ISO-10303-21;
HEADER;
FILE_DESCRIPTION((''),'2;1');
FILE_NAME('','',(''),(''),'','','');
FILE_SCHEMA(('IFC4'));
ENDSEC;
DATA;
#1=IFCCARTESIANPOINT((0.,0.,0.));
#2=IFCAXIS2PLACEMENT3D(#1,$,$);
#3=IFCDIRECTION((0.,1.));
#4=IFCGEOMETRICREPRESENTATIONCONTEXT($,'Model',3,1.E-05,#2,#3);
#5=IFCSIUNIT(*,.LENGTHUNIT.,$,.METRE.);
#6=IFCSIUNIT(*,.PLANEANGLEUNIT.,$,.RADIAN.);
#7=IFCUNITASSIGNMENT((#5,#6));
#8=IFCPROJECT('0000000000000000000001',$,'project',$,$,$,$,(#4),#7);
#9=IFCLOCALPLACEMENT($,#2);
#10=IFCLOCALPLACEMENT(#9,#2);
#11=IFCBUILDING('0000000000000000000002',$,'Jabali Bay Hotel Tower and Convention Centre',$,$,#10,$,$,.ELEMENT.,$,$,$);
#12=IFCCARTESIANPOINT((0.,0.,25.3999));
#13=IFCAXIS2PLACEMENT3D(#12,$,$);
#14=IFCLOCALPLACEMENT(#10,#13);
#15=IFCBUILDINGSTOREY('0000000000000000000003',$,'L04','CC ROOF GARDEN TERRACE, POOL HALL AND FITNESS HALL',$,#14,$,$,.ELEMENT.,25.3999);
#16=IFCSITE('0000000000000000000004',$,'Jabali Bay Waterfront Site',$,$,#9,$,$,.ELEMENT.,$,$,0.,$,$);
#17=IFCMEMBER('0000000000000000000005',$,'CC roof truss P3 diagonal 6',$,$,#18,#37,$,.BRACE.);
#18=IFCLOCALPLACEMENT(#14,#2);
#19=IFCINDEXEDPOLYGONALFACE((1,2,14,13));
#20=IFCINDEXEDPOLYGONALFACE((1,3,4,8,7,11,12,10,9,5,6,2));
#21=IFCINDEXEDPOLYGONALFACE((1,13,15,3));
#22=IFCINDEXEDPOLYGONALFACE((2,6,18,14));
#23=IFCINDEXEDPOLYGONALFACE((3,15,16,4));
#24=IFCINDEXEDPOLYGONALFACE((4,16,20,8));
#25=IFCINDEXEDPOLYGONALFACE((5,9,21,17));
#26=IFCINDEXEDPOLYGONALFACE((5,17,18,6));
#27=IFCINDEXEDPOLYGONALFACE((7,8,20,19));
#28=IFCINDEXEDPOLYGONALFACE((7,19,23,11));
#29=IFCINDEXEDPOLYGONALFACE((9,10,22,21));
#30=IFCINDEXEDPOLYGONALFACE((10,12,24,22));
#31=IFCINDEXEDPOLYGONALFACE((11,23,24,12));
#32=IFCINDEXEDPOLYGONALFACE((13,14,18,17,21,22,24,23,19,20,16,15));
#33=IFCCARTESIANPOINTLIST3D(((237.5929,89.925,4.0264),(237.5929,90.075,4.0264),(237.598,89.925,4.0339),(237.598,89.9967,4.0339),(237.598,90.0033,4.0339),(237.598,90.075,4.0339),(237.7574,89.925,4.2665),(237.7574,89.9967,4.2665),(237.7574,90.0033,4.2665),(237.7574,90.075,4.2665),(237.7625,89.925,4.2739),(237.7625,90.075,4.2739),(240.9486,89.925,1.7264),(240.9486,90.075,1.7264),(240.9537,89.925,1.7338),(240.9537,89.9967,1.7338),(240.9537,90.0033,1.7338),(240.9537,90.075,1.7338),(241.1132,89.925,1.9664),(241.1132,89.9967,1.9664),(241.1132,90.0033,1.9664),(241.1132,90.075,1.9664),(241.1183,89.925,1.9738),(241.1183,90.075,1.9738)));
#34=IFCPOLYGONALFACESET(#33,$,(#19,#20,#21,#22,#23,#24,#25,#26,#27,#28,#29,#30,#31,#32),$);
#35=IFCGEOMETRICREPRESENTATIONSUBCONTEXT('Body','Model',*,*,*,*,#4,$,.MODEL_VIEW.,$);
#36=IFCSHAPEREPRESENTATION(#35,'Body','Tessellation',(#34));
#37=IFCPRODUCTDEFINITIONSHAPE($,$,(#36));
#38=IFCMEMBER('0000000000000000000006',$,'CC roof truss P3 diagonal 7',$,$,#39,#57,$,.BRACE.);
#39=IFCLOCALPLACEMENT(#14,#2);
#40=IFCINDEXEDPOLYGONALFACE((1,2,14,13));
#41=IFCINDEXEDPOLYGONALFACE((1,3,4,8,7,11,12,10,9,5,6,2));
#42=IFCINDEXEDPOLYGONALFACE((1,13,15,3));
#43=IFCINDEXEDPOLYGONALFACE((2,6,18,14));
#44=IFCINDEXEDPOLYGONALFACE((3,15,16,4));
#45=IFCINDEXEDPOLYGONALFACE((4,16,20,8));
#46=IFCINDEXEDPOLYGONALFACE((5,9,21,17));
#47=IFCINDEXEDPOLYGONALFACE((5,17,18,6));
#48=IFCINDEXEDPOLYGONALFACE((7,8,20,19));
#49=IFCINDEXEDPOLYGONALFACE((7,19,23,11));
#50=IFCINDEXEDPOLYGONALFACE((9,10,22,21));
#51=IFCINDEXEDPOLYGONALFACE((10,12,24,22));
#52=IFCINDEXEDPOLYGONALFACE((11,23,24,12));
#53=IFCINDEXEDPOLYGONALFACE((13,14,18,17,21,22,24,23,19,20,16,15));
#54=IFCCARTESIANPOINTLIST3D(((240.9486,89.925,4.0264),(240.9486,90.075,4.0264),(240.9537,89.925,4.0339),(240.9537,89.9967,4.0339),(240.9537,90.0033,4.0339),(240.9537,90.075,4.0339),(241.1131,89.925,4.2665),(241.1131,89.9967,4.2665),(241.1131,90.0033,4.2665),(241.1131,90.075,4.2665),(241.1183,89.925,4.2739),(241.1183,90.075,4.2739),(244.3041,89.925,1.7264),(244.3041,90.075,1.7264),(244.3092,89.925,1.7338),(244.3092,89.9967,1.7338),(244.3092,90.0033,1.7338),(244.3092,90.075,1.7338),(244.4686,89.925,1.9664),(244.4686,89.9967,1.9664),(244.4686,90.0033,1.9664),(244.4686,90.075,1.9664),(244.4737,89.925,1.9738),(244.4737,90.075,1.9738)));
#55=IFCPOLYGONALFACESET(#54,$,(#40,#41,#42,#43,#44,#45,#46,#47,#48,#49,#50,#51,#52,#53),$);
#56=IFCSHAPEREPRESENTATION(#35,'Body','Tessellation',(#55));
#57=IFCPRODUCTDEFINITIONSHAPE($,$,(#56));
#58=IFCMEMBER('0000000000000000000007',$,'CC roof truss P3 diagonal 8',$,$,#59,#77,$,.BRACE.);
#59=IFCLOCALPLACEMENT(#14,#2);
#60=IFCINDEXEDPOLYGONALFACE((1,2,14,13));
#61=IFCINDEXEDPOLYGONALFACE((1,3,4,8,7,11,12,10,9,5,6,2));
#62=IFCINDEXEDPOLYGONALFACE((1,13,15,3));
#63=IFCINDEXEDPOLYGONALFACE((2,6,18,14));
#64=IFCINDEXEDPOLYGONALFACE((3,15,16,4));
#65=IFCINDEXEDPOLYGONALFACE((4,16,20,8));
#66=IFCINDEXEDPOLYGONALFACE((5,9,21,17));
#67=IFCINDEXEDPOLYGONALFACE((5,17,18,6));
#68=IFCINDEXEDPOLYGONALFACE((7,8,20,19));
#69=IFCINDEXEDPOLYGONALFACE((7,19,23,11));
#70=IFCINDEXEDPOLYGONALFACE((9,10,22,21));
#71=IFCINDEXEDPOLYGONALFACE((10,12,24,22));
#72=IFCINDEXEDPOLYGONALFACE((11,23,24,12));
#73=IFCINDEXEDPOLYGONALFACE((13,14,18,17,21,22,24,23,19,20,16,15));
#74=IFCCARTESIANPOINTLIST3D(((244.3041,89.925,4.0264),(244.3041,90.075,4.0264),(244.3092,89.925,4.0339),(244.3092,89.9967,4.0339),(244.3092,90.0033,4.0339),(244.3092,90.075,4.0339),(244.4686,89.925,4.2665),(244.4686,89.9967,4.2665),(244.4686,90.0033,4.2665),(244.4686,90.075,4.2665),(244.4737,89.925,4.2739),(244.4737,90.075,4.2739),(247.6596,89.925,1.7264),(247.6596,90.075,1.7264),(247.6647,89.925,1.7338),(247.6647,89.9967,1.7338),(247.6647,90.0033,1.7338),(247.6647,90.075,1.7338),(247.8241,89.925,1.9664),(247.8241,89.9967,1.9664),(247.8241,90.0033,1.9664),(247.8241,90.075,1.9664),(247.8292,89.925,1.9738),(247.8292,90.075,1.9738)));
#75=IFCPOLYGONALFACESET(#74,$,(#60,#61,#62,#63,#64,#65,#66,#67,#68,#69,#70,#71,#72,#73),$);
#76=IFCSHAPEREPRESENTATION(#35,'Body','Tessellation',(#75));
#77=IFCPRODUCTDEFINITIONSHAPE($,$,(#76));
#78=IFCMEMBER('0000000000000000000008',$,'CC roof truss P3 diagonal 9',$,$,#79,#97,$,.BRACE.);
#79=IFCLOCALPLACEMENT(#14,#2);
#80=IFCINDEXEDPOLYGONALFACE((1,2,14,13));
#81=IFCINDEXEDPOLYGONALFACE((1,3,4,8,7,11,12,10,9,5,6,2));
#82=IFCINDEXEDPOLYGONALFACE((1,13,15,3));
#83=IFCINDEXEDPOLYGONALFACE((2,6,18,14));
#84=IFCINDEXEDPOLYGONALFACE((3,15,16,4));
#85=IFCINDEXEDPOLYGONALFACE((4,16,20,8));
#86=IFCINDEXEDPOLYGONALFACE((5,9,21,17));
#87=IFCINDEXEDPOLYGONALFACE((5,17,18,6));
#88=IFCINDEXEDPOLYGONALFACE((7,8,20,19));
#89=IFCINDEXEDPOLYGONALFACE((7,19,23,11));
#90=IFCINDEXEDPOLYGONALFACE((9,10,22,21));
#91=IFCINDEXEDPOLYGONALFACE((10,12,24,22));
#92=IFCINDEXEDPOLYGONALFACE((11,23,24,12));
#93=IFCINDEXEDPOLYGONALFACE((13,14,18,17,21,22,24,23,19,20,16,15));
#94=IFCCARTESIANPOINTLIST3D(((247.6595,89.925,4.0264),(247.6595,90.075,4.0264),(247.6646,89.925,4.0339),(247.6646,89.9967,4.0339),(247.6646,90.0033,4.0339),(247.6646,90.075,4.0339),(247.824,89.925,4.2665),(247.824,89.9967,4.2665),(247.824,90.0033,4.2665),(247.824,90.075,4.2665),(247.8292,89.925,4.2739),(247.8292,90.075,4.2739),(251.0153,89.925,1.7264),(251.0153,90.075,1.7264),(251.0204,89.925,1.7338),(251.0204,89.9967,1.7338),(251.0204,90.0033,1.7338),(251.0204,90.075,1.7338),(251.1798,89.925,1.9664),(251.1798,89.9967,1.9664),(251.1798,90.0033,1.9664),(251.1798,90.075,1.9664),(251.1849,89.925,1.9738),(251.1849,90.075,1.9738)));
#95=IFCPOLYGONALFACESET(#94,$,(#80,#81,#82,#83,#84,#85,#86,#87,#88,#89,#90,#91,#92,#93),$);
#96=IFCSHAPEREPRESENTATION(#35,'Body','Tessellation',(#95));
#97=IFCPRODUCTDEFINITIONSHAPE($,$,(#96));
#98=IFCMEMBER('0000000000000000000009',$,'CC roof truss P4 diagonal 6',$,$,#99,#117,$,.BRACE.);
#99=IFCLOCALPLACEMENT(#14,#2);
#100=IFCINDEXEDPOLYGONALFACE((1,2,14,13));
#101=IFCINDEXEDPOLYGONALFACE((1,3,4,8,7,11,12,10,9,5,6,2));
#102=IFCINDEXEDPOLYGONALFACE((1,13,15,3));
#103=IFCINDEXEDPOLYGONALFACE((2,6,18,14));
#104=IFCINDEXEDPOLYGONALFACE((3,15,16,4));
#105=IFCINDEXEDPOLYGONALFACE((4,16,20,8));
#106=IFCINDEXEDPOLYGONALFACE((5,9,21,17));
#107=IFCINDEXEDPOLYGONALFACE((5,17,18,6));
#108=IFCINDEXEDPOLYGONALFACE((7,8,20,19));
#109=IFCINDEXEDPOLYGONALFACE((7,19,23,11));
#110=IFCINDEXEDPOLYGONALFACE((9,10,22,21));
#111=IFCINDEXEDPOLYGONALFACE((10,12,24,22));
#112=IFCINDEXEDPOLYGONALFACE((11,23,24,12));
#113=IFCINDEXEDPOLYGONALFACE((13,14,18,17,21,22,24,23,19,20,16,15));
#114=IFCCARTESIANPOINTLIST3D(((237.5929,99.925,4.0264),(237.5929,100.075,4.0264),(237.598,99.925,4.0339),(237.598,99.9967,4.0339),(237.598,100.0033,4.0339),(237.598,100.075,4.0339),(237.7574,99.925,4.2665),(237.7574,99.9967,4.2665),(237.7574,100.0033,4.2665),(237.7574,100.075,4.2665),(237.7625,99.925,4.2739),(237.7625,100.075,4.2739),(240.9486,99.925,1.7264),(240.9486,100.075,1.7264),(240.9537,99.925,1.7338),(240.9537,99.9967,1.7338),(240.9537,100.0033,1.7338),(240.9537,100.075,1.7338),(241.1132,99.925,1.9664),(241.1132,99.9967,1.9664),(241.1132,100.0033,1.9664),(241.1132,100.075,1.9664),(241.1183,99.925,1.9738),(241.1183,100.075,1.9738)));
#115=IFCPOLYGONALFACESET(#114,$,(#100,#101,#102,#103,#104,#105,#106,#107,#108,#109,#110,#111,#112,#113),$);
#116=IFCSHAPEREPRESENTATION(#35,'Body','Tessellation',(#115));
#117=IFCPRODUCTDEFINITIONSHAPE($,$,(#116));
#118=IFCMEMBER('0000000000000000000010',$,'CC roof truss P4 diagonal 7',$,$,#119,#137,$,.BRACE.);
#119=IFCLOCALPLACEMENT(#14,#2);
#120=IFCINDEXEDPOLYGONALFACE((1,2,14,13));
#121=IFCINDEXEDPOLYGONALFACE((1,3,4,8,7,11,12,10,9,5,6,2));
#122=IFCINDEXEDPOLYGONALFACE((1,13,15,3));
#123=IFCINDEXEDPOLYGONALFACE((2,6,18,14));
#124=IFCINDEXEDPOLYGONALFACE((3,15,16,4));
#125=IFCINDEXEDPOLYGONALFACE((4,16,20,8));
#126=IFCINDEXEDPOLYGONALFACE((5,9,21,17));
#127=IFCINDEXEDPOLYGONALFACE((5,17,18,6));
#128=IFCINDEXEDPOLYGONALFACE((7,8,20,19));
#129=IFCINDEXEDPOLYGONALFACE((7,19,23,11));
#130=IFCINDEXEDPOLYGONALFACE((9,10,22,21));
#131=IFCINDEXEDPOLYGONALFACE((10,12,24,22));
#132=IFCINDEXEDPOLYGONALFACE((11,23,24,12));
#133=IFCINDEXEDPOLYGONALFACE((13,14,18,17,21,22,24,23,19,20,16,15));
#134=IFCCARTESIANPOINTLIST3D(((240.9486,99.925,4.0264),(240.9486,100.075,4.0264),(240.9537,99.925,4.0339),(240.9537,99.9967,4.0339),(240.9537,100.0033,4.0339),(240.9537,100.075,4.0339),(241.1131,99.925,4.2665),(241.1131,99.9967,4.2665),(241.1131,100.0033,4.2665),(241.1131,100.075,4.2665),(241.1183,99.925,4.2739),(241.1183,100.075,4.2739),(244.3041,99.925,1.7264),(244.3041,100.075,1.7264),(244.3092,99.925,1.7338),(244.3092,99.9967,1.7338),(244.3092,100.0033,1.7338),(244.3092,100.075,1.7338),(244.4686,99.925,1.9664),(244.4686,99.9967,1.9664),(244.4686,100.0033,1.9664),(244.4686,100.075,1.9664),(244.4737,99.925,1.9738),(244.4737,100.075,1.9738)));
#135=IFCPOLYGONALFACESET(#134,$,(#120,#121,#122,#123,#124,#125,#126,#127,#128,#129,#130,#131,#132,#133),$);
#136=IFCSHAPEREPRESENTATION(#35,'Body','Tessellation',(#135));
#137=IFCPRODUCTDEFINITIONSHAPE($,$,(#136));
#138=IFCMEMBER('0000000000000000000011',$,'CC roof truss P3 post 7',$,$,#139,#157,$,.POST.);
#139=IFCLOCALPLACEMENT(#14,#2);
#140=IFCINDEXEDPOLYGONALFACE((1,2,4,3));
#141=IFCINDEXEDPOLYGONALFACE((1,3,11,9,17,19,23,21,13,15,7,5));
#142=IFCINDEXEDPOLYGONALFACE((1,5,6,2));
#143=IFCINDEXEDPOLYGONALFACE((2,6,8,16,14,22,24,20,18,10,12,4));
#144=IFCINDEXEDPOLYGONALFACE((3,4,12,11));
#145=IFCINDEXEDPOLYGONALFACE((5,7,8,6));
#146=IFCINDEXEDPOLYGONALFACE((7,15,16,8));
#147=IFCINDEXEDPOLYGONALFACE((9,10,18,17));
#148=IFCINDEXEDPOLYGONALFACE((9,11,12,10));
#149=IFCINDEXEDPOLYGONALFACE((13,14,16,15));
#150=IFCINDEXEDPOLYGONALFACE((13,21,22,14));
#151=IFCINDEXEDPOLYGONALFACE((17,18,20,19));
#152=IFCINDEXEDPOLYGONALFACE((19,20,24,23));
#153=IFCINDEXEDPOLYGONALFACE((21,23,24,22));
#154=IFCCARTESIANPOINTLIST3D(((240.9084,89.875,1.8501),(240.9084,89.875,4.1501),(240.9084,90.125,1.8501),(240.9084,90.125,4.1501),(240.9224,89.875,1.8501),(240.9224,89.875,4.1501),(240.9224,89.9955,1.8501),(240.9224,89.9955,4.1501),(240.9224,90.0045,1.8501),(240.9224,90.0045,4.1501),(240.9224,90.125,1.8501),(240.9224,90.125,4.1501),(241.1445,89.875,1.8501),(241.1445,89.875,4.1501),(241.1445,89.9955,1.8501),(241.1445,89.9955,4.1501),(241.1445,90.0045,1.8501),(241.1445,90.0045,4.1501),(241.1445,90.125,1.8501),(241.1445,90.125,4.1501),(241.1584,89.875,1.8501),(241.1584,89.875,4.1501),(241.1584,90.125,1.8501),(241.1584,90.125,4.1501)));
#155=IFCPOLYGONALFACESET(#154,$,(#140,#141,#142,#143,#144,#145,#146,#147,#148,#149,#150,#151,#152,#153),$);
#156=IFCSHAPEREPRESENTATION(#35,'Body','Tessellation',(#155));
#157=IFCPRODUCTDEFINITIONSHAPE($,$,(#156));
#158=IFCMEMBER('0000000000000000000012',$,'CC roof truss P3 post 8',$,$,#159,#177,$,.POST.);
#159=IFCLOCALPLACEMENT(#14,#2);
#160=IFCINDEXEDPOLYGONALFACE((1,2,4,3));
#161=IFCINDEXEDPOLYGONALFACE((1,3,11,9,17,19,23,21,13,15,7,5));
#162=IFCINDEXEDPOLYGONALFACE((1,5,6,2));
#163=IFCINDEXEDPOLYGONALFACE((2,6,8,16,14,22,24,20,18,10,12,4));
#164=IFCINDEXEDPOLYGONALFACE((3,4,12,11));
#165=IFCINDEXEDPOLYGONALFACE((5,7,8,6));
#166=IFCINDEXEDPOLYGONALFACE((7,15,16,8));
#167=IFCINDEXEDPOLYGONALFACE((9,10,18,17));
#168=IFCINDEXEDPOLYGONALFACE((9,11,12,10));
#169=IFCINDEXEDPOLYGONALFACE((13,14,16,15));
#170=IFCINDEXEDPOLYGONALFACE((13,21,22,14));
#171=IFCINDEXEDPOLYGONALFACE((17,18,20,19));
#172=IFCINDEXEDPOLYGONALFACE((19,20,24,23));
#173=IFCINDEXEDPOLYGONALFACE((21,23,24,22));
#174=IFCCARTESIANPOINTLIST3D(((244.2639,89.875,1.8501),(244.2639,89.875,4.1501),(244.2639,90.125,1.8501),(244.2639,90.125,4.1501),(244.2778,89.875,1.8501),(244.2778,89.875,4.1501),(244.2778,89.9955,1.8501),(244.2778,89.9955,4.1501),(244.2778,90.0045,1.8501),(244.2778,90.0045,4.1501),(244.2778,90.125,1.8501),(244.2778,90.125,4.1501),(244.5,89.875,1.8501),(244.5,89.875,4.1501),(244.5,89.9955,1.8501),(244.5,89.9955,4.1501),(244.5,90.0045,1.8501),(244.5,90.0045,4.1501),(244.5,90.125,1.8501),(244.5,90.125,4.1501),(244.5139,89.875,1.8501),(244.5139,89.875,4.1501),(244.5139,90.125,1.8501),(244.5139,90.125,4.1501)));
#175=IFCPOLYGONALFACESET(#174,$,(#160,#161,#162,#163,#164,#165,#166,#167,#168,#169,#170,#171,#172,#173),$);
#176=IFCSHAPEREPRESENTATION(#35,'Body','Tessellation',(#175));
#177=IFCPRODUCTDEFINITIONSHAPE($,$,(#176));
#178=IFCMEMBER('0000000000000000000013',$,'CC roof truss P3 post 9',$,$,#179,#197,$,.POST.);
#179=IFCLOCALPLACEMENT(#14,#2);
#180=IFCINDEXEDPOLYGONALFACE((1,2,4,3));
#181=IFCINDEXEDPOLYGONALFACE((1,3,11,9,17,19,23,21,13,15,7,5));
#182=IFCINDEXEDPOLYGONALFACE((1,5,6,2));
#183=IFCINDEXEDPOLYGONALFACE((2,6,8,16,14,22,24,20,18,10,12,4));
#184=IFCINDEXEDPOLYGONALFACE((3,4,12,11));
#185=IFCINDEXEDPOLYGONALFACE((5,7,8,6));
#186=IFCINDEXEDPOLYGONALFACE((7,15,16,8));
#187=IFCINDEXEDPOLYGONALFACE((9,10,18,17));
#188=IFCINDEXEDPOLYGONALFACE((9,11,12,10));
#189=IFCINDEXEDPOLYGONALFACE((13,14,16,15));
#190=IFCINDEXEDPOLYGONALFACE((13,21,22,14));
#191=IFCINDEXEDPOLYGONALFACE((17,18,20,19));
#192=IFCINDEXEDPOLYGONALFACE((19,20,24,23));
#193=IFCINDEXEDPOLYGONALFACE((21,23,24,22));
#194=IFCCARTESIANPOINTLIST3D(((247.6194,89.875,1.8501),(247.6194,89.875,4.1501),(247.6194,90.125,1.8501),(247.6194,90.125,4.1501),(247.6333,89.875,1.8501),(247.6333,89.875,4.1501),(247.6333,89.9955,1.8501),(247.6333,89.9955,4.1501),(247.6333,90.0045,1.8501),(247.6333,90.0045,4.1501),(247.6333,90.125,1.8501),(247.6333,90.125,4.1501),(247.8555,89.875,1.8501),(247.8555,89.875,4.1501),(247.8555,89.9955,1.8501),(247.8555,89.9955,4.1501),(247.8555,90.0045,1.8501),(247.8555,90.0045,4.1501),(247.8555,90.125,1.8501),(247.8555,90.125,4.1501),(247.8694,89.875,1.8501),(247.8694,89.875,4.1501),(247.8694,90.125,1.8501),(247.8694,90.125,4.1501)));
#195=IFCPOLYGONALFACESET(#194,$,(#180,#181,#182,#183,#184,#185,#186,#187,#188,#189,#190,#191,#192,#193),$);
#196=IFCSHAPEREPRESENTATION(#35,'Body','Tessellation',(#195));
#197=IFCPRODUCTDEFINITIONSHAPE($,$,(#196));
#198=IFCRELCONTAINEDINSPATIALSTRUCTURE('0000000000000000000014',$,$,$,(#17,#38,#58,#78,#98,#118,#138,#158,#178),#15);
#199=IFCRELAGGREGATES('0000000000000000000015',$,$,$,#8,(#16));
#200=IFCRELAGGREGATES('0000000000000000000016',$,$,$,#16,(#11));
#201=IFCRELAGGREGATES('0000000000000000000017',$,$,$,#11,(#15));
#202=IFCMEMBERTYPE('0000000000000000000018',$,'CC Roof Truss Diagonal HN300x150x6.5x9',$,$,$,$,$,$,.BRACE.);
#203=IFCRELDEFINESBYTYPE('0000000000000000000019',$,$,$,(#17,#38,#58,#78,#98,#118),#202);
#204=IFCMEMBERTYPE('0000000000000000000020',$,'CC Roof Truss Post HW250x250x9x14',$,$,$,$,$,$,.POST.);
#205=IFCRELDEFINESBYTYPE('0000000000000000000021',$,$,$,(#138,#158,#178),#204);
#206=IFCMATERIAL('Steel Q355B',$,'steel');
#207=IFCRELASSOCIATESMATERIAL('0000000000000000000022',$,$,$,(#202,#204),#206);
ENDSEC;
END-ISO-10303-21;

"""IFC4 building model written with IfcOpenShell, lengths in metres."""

from ifc_helpers import new_model, si_unit, direction, frame, origin, origin_2d, place, context, subcontext, project, spatial, i_section, extrude, material, material_profile, profile_set, type_object, element, save


model = new_model("IFC4")

# Units and contexts
model_context = context("Model", 3, precision=1e-05, world=origin(), true_north=direction((0.0, 1.0)))
body_context = subcontext(model_context, "Body", "Model", "MODEL_VIEW")
ifc_project = project(units=[si_unit("LENGTHUNIT", "METRE"), si_unit("PLANEANGLEUNIT", "RADIAN")], contexts=[model_context])

# Site, building, storey
site_placement = place(None, origin())
site = spatial("IfcSite", under=ifc_project, at=site_placement, Name="Jabali Bay Waterfront Site", CompositionType="ELEMENT", RefElevation=0.0)
building_placement = place(site_placement, origin())
building = spatial("IfcBuilding", under=site, at=building_placement, Name="Jabali Bay Hotel Tower and Convention Centre", CompositionType="ELEMENT")
storey_placement = place(building_placement, frame((0.0, 0.0, 25.3999)))
storey = spatial("IfcBuildingStorey", under=building, at=storey_placement, Name="L04", Description="CC ROOF GARDEN TERRACE, POOL HALL AND FITNESS HALL", CompositionType="ELEMENT", Elevation=25.3999)

# Members
ifc_material = material(Name="Steel Q355B", Category="steel")
ifc_material_profile_1 = material_profile(ifc_material, i_section(OverallWidth=0.1499, OverallDepth=0.3, WebThickness=0.0066, FlangeThickness=0.009, at=origin_2d()), Name="HN300x150x6.5x9")
ifc_profile_set_1 = profile_set([ifc_material_profile_1], Name="Steel Q355B")
member_type_1 = type_object("IfcMemberType", Name="CC Roof Truss Diagonal HN300x150x6.5x9", PredefinedType="BRACE", material=ifc_profile_set_1)
member_1_placement = place(storey_placement, frame((241.0334, 90.0, 1.8501), z_axis=(-0.824845, 0.0, 0.565359), x_axis=(0.0, -1.0, 0.0)))
element("IfcMember", 1, at=member_1_placement, inside=storey, type_object=member_type_1, Name="CC roof truss P3 diagonal 6", PredefinedType="BRACE", context=body_context, shape_type="SweptSolid", body=[
    extrude(i_section(OverallWidth=0.1499, OverallDepth=0.3, WebThickness=0.0066, FlangeThickness=0.009, at=origin_2d()), origin(), (0.0, 0.0, 1.0), 4.0684),
])
for number, where, z_axis, x_axis, name in (
    (2, (244.3889, 90.0, 1.8501), (-0.824826, 0.0, 0.565387), (0.0, -1.0, 0.0), "CC roof truss P3 diagonal 7"),
    (3, (247.7444, 90.0, 1.8501), (-0.824826, 0.0, 0.565387), (0.0, -1.0, 0.0), "CC roof truss P3 diagonal 8"),
):
    element("IfcMember", number, at=place(storey_placement, frame(where, z_axis=z_axis, x_axis=x_axis)), inside=storey, type_object=member_type_1, Name=name, PredefinedType="BRACE", context=body_context, shape_type="SweptSolid", body=[
        extrude(i_section(OverallWidth=0.1499, OverallDepth=0.3, WebThickness=0.0066, FlangeThickness=0.009, at=origin_2d()), origin(), (0.0, 0.0, 1.0), 4.0681),
    ])
for number, where, z_axis, x_axis, name in (
    (4, (251.1001, 90.0, 1.8501), (-0.824845, 0.0, 0.565359), (0.0, -1.0, 0.0), "CC roof truss P3 diagonal 9"),
    (5, (241.0334, 100.0, 1.8501), (-0.824845, 0.0, 0.565359), (0.0, -1.0, 0.0), "CC roof truss P4 diagonal 6"),
):
    element("IfcMember", number, at=place(storey_placement, frame(where, z_axis=z_axis, x_axis=x_axis)), inside=storey, type_object=member_type_1, Name=name, PredefinedType="BRACE", context=body_context, shape_type="SweptSolid", body=[
        extrude(i_section(OverallWidth=0.1499, OverallDepth=0.3, WebThickness=0.0066, FlangeThickness=0.009, at=origin_2d()), origin(), (0.0, 0.0, 1.0), 4.0684),
    ])
member_2_placement = place(storey_placement, frame((244.3889, 100.0, 1.8501), z_axis=(-0.824826, 0.0, 0.565387), x_axis=(0.0, -1.0, 0.0)))
element("IfcMember", 6, at=member_2_placement, inside=storey, type_object=member_type_1, Name="CC roof truss P4 diagonal 7", PredefinedType="BRACE", context=body_context, shape_type="SweptSolid", body=[
    extrude(i_section(OverallWidth=0.1499, OverallDepth=0.3, WebThickness=0.0066, FlangeThickness=0.009, at=origin_2d()), origin(), (0.0, 0.0, 1.0), 4.0681),
])
ifc_material_profile_2 = material_profile(ifc_material, i_section(OverallWidth=0.25, OverallDepth=0.25, WebThickness=0.009, FlangeThickness=0.0139, at=origin_2d()), Name="HW250x250x9x14")
ifc_profile_set_2 = profile_set([ifc_material_profile_2], Name="Steel Q355B")
member_type_2 = type_object("IfcMemberType", Name="CC Roof Truss Post HW250x250x9x14", PredefinedType="POST", material=ifc_profile_set_2)
for number, where, z_axis, x_axis, name in (
    (7, (241.0334, 90.0, 1.8501), (0.0, 0.0, 1.0), (0.0, 1.0, 0.0), "CC roof truss P3 post 7"),
    (8, (244.3889, 90.0, 1.8501), (0.0, 0.0, 1.0), (0.0, 1.0, 0.0), "CC roof truss P3 post 8"),
    (9, (247.7444, 90.0, 1.8501), (0.0, 0.0, 1.0), (0.0, 1.0, 0.0), "CC roof truss P3 post 9"),
):
    element("IfcMember", number, at=place(storey_placement, frame(where, z_axis=z_axis, x_axis=x_axis)), inside=storey, type_object=member_type_2, Name=name, PredefinedType="POST", context=body_context, shape_type="SweptSolid", body=[
        extrude(i_section(OverallWidth=0.25, OverallDepth=0.25, WebThickness=0.009, FlangeThickness=0.0139, at=origin_2d()), origin(), (0.0, 0.0, 1.0), 2.3),
    ])

save(model, "model.ifc")
